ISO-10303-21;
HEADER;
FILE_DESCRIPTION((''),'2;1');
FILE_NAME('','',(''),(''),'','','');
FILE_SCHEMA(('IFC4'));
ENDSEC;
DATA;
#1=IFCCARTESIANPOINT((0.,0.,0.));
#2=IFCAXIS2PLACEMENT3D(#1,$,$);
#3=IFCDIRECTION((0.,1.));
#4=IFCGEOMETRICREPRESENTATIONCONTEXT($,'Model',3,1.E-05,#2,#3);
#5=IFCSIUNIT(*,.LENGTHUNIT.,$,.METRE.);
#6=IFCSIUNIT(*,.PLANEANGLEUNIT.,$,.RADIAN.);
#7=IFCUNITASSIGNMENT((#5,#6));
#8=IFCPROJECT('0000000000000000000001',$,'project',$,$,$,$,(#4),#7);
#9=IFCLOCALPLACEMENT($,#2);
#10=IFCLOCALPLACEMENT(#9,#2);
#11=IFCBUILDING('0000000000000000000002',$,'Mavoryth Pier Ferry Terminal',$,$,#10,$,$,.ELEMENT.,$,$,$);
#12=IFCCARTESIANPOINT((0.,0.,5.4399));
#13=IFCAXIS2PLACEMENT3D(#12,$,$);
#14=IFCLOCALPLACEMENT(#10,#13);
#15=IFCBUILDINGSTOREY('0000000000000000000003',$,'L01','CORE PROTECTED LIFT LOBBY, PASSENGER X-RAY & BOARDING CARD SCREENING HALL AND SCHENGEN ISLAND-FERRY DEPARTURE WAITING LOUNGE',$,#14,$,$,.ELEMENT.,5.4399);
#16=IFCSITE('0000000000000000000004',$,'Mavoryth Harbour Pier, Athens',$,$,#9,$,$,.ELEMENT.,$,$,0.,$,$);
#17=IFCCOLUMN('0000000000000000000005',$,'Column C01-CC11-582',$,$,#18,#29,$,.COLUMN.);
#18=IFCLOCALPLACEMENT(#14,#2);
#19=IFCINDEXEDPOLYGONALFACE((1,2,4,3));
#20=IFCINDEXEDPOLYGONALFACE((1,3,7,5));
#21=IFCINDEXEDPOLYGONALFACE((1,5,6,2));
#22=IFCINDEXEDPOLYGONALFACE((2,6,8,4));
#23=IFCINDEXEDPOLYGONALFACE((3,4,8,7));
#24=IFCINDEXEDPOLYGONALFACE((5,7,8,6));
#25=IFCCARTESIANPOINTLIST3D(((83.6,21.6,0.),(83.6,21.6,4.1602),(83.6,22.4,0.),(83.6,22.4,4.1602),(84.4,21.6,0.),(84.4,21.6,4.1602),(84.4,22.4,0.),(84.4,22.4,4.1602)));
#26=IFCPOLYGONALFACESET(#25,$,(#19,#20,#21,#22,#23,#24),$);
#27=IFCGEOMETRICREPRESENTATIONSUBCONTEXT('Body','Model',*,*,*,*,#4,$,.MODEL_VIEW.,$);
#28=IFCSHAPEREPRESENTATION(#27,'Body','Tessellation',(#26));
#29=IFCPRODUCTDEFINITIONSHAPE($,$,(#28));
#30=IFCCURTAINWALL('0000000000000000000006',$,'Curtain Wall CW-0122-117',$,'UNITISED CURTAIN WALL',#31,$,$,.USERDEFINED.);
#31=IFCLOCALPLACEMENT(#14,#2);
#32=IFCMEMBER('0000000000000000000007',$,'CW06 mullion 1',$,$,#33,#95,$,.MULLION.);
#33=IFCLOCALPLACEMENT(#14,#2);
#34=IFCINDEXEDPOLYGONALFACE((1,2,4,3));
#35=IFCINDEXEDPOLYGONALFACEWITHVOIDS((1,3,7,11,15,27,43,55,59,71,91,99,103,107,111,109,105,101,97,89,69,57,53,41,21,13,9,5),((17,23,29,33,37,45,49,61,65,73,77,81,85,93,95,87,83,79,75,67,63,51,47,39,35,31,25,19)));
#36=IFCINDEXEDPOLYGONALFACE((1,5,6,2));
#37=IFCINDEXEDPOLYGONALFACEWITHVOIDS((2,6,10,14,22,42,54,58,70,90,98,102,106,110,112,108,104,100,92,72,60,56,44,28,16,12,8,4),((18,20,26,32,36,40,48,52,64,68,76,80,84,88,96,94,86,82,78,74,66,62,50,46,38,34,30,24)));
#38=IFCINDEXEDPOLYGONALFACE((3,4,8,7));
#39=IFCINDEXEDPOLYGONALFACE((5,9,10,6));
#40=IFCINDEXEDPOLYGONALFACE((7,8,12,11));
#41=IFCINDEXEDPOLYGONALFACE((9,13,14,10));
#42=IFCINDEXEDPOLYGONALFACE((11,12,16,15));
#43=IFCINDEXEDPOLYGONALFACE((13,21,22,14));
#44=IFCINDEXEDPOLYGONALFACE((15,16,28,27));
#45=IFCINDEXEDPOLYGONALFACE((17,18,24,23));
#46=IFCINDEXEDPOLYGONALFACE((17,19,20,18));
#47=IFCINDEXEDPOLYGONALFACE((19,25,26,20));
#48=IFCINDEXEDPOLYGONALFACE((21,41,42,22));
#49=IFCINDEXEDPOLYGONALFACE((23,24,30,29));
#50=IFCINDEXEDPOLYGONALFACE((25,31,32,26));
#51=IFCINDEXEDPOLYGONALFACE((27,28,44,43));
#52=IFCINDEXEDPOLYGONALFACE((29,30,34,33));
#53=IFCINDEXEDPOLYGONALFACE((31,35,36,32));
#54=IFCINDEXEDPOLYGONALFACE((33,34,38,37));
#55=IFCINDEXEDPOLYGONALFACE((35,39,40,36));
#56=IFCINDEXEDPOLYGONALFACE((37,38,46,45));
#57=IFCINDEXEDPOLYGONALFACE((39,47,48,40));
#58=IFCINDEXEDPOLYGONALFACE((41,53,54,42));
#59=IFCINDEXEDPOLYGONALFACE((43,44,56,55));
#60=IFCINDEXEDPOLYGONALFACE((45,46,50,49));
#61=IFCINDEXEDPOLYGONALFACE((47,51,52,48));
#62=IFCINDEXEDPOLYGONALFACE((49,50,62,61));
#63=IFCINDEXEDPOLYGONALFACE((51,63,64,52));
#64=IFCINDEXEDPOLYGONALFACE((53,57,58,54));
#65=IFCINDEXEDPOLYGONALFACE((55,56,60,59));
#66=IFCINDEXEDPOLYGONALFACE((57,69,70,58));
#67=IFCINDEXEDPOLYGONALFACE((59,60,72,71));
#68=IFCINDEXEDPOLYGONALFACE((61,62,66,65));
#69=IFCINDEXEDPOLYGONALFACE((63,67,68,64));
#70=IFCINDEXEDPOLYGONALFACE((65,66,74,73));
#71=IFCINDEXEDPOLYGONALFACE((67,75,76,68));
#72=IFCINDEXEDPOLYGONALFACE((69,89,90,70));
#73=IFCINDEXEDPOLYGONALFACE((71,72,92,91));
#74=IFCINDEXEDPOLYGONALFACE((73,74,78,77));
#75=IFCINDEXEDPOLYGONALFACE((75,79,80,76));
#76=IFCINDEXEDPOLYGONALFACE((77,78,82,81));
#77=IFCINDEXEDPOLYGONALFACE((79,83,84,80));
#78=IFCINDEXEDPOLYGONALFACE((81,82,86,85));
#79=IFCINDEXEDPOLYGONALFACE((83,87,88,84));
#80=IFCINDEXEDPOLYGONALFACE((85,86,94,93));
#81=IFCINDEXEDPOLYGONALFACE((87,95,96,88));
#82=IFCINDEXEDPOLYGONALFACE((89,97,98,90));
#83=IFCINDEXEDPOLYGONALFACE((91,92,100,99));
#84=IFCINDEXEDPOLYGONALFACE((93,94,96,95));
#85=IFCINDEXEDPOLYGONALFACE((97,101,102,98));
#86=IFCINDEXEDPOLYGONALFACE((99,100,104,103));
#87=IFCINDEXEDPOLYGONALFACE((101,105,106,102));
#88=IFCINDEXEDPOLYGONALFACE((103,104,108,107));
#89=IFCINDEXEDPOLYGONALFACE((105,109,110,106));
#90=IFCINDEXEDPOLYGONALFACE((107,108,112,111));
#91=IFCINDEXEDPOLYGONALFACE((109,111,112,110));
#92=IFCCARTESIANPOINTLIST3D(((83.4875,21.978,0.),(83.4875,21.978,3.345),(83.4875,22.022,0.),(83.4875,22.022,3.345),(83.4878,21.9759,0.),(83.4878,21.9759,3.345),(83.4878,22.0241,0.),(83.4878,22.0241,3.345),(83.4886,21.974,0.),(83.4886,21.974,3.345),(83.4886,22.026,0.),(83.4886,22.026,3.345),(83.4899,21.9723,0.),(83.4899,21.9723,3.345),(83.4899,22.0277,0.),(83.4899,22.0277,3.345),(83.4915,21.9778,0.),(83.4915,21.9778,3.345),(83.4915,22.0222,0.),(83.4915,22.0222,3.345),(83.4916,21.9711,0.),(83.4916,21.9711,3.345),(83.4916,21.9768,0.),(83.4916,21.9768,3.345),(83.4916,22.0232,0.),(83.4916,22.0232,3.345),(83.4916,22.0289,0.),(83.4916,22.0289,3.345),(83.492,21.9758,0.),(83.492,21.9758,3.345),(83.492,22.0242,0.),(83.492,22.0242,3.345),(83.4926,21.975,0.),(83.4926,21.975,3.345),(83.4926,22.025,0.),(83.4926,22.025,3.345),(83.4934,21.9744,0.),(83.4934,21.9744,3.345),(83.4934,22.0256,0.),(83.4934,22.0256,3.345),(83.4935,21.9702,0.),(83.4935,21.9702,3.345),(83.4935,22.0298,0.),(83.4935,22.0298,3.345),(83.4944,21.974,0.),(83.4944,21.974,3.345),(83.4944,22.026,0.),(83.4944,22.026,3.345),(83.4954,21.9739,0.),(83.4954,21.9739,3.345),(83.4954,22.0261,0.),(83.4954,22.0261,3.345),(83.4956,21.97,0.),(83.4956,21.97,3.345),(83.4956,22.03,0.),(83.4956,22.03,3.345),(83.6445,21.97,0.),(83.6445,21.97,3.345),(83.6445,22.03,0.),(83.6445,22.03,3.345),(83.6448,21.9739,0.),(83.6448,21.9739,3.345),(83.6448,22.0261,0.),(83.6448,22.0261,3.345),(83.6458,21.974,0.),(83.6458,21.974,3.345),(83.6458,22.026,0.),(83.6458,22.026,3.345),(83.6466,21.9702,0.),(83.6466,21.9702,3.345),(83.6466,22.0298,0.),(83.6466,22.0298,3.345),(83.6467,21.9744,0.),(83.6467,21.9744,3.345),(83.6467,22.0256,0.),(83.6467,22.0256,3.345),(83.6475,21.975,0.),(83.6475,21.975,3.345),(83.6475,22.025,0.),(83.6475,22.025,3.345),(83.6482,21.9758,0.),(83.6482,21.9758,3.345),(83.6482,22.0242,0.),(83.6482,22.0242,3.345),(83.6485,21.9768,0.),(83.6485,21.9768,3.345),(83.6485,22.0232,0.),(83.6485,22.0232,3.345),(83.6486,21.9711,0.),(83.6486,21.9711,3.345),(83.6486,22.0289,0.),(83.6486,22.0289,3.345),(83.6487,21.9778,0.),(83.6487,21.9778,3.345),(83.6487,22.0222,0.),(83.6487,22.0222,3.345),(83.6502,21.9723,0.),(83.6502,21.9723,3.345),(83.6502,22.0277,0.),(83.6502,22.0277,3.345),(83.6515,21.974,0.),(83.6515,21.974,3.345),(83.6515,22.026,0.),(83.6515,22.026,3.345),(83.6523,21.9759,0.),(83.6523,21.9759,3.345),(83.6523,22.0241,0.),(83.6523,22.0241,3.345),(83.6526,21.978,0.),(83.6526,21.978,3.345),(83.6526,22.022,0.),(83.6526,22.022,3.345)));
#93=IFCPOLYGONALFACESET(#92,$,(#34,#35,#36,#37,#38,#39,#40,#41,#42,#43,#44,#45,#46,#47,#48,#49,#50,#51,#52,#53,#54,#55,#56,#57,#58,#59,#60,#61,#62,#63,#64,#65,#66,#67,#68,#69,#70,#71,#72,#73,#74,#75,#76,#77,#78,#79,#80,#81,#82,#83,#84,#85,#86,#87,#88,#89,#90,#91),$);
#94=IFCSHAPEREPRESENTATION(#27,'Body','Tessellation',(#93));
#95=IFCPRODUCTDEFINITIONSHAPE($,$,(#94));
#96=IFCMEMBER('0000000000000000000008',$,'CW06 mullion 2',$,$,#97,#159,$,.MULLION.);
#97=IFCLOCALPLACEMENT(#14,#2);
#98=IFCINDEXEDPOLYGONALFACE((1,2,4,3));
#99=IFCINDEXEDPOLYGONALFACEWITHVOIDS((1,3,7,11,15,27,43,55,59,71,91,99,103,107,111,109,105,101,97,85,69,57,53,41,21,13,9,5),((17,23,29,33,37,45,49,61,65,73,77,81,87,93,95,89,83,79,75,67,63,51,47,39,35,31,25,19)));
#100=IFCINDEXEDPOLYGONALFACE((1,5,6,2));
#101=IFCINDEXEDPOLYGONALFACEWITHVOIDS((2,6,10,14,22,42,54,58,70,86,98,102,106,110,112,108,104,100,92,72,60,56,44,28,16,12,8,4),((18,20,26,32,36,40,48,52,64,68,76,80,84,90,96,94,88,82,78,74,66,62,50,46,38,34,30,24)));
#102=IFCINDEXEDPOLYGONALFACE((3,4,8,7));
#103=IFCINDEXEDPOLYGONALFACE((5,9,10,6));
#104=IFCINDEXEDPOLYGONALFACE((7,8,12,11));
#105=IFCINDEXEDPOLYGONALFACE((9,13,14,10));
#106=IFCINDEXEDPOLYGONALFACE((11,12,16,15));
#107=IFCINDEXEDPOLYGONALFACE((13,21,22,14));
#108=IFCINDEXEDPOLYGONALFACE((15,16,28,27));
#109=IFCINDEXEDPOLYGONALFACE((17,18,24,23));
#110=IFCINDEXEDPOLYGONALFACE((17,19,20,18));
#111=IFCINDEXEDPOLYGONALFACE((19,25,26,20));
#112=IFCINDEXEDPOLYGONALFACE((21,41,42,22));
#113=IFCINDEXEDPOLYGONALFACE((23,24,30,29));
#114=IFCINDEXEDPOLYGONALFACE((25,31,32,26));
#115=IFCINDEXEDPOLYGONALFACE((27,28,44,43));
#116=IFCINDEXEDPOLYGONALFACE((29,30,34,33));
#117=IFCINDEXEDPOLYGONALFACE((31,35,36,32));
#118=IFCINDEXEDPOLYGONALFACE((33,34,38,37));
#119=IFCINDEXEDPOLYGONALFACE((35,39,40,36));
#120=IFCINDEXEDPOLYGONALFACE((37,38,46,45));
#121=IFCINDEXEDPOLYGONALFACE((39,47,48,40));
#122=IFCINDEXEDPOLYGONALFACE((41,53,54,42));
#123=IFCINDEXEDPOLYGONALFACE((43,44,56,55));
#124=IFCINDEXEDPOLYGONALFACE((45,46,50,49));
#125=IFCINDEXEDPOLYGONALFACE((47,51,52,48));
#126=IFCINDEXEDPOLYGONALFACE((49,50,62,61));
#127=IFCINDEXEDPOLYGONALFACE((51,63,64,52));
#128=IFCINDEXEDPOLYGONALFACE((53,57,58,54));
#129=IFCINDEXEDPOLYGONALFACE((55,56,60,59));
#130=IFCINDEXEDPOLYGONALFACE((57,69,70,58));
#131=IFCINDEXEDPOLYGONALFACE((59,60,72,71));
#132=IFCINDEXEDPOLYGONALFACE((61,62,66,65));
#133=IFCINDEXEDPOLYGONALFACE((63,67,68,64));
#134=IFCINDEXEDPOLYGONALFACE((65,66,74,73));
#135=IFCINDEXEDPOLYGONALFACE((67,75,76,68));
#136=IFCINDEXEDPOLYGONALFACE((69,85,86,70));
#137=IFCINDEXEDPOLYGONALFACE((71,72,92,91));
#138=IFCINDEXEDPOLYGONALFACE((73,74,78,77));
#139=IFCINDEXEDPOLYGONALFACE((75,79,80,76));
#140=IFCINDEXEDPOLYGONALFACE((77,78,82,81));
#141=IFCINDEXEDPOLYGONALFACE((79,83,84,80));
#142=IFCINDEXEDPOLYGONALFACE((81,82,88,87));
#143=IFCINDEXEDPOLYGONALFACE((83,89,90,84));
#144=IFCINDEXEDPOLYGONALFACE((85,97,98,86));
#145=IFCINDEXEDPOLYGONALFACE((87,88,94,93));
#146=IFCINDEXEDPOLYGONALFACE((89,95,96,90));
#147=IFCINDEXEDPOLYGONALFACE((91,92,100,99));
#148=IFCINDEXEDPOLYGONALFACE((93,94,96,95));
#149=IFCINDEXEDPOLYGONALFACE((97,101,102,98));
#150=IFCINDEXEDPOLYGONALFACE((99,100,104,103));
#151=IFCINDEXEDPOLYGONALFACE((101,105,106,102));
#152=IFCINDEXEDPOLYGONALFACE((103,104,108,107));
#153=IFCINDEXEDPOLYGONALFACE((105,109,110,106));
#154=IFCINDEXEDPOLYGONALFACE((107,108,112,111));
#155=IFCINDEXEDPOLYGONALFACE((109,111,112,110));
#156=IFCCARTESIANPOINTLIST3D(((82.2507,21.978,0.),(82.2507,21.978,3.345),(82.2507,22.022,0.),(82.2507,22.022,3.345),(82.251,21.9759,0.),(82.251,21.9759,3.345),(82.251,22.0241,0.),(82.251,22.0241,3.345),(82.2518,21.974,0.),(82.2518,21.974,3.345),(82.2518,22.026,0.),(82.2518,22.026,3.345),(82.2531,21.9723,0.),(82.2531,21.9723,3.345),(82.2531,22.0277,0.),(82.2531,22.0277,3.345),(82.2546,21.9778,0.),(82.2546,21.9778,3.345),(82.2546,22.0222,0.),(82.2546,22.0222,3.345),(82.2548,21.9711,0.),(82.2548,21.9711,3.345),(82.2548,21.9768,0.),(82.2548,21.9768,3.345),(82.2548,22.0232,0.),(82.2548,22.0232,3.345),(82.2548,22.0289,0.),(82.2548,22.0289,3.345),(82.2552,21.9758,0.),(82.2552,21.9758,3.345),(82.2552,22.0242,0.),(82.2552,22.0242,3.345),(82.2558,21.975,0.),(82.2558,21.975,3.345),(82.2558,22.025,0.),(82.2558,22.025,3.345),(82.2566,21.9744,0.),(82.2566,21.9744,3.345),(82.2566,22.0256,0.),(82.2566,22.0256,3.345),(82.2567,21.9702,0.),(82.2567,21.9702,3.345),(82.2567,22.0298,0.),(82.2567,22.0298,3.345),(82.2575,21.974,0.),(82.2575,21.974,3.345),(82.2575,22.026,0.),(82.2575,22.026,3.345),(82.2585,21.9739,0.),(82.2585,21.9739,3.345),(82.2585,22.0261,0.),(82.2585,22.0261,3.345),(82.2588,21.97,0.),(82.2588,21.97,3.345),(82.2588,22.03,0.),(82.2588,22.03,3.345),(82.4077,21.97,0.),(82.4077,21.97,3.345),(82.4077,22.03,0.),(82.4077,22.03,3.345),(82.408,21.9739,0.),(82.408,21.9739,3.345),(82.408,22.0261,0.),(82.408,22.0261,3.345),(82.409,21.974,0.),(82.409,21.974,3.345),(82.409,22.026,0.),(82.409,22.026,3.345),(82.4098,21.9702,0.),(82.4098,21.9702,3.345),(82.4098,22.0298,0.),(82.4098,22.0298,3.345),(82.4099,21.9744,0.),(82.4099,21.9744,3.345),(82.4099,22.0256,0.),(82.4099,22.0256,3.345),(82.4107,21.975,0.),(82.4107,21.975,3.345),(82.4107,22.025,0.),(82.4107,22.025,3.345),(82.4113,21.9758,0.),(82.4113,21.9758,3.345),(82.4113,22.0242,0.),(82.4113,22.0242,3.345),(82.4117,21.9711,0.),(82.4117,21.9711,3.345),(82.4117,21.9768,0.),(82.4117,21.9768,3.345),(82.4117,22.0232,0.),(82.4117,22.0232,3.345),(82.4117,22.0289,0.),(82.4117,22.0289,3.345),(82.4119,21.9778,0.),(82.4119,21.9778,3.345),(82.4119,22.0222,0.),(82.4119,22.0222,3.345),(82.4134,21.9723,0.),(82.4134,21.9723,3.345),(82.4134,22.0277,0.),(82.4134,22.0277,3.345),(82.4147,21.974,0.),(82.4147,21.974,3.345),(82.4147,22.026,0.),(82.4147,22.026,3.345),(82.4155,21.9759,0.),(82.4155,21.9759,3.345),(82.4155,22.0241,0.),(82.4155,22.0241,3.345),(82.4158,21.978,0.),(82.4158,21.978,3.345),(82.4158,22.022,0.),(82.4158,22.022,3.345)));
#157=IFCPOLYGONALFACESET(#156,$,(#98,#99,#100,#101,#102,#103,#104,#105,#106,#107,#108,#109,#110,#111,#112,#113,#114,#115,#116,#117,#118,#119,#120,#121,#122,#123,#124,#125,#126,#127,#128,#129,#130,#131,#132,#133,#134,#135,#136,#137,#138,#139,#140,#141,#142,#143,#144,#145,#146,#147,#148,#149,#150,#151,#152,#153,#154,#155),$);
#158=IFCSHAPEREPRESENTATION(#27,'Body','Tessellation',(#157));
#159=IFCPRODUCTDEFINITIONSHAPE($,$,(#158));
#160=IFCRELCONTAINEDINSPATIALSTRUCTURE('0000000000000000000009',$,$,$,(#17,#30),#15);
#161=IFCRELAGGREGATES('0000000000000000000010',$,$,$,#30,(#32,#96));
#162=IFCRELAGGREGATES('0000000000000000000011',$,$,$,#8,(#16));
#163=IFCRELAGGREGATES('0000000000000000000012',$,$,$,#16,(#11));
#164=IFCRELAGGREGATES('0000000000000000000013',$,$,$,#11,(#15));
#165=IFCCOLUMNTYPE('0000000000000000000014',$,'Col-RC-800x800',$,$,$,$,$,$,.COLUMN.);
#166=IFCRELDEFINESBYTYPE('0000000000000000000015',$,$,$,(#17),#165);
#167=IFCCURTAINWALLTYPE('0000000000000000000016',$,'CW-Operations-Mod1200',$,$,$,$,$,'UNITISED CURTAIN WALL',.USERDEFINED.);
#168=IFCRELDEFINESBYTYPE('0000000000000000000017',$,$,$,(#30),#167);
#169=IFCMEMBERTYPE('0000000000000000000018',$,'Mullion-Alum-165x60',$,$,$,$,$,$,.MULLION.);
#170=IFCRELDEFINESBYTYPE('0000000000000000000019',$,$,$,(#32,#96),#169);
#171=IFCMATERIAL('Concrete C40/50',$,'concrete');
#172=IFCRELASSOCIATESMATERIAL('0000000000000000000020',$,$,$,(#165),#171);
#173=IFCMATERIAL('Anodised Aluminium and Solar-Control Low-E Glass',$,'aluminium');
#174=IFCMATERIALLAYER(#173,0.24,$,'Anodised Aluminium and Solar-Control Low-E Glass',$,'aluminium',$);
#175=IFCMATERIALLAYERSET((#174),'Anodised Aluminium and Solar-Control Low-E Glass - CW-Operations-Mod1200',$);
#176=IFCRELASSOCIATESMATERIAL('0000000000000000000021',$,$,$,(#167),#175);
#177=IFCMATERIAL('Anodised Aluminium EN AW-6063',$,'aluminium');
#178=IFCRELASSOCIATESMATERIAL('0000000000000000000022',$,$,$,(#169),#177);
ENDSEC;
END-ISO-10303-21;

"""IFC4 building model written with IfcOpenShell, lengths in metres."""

from ifc_helpers import new_model, si_unit, direction, frame, origin, origin_2d, place, context, subcontext, project, spatial, rectangle, hollow_rectangle, extrude, material, layer, layer_set, material_profile, profile_set, type_object, element, aggregate, save


model = new_model("IFC4")

# Units and contexts
model_context = context("Model", 3, precision=1e-05, world=origin(), true_north=direction((0.0, 1.0)))
body_context = subcontext(model_context, "Body", "Model", "MODEL_VIEW")
ifc_project = project(units=[si_unit("LENGTHUNIT", "METRE"), si_unit("PLANEANGLEUNIT", "RADIAN")], contexts=[model_context])

# Site, building, storey
site_placement = place(None, origin())
site = spatial("IfcSite", under=ifc_project, at=site_placement, Name="Mavoryth Harbour Pier, Athens", CompositionType="ELEMENT", RefElevation=0.0)
building_placement = place(site_placement, origin())
building = spatial("IfcBuilding", under=site, at=building_placement, Name="Mavoryth Pier Ferry Terminal", CompositionType="ELEMENT")
storey_placement = place(building_placement, frame((0.0, 0.0, 5.4399)))
storey = spatial("IfcBuildingStorey", under=building, at=storey_placement, Name="L01", Description="CORE PROTECTED LIFT LOBBY, PASSENGER X-RAY & BOARDING CARD SCREENING HALL AND SCHENGEN ISLAND-FERRY DEPARTURE WAITING LOUNGE", CompositionType="ELEMENT", Elevation=5.4399)

# Column
ifc_material_1 = material(Name="Concrete C40/50", Category="concrete")
ifc_material_profile_1 = material_profile(ifc_material_1, rectangle(XDim=0.8, YDim=0.8, at=origin_2d()), Name="RC 800x800", Category="concrete")
ifc_profile_set_1 = profile_set([ifc_material_profile_1], Name="Concrete C40/50 - RC 800x800")
column_type = type_object("IfcColumnType", Name="Col-RC-800x800", PredefinedType="COLUMN", material=ifc_profile_set_1)
column_placement = place(storey_placement, frame((84.0, 22.0, 0.0), z_axis=(0.0, 0.0, 1.0), x_axis=(1.0, 0.0, 0.0)))
element("IfcColumn", 1, at=column_placement, inside=storey, type_object=column_type, Name="Column C01-CC11-582", PredefinedType="COLUMN", context=body_context, shape_type="SweptSolid", body=[
    extrude(rectangle(XDim=0.8, YDim=0.8, at=origin_2d()), origin(), (0.0, 0.0, 1.0), 4.1602),
])

# Curtain wall, members
ifc_material_2 = material(Name="Anodised Aluminium and Solar-Control Low-E Glass", Category="aluminium")
ifc_layer_1 = layer(ifc_material_2, 0.24, Name="Anodised Aluminium and Solar-Control Low-E Glass", Category="aluminium")
ifc_layer_set_1 = layer_set([ifc_layer_1], Name="Anodised Aluminium and Solar-Control Low-E Glass - CW-Operations-Mod1200")
curtain_wall_type = type_object("IfcCurtainWallType", Name="CW-Operations-Mod1200", ElementType="UNITISED CURTAIN WALL", PredefinedType="USERDEFINED", material=ifc_layer_set_1)
curtain_wall_1_placement = place(storey_placement, origin())
curtain_wall_1 = element("IfcCurtainWall", 2, at=curtain_wall_1_placement, inside=storey, type_object=curtain_wall_type, Name="Curtain Wall CW-0122-117", ObjectType="UNITISED CURTAIN WALL", PredefinedType="USERDEFINED")
ifc_material_3 = material(Name="Anodised Aluminium EN AW-6063", Category="aluminium")
ifc_material_profile_2 = material_profile(ifc_material_3, hollow_rectangle(XDim=0.0601, YDim=0.165, WallThickness=0.0039, InnerFilletRadius=0.0039, OuterFilletRadius=0.0081, at=origin_2d()), Name="AL-MULL 165x60x4", Category="aluminium")
ifc_profile_set_2 = profile_set([ifc_material_profile_2], Name="Anodised Aluminium EN AW-6063 - AL-MULL 165x60x4")
member_type_1 = type_object("IfcMemberType", Name="Mullion-Alum-165x60", PredefinedType="MULLION", material=ifc_profile_set_2)
member_1_placement = place(storey_placement, frame((83.5701, 22.0, 0.0), z_axis=(0.0, 0.0, 1.0), x_axis=(0.0, -1.0, 0.0)))
member_1 = element("IfcMember", 3, at=member_1_placement, type_object=member_type_1, Name="CW06 mullion 1", PredefinedType="MULLION", context=body_context, shape_type="SweptSolid", body=[
    extrude(hollow_rectangle(XDim=0.0601, YDim=0.165, WallThickness=0.0039, InnerFilletRadius=0.0039, OuterFilletRadius=0.0081, at=origin_2d()), origin(), (0.0, 0.0, 1.0), 3.345),
])
member_2_placement = place(storey_placement, frame((82.3333, 22.0, 0.0), z_axis=(0.0, 0.0, 1.0), x_axis=(0.0, -1.0, 0.0)))
member_2 = element("IfcMember", 4, at=member_2_placement, type_object=member_type_1, Name="CW06 mullion 2", PredefinedType="MULLION", context=body_context, shape_type="SweptSolid", body=[
    extrude(hollow_rectangle(XDim=0.0601, YDim=0.165, WallThickness=0.0039, InnerFilletRadius=0.0039, OuterFilletRadius=0.0081, at=origin_2d()), origin(), (0.0, 0.0, 1.0), 3.345),
])

aggregate(curtain_wall_1, [member_1, member_2])

save(model, "model.ifc")
